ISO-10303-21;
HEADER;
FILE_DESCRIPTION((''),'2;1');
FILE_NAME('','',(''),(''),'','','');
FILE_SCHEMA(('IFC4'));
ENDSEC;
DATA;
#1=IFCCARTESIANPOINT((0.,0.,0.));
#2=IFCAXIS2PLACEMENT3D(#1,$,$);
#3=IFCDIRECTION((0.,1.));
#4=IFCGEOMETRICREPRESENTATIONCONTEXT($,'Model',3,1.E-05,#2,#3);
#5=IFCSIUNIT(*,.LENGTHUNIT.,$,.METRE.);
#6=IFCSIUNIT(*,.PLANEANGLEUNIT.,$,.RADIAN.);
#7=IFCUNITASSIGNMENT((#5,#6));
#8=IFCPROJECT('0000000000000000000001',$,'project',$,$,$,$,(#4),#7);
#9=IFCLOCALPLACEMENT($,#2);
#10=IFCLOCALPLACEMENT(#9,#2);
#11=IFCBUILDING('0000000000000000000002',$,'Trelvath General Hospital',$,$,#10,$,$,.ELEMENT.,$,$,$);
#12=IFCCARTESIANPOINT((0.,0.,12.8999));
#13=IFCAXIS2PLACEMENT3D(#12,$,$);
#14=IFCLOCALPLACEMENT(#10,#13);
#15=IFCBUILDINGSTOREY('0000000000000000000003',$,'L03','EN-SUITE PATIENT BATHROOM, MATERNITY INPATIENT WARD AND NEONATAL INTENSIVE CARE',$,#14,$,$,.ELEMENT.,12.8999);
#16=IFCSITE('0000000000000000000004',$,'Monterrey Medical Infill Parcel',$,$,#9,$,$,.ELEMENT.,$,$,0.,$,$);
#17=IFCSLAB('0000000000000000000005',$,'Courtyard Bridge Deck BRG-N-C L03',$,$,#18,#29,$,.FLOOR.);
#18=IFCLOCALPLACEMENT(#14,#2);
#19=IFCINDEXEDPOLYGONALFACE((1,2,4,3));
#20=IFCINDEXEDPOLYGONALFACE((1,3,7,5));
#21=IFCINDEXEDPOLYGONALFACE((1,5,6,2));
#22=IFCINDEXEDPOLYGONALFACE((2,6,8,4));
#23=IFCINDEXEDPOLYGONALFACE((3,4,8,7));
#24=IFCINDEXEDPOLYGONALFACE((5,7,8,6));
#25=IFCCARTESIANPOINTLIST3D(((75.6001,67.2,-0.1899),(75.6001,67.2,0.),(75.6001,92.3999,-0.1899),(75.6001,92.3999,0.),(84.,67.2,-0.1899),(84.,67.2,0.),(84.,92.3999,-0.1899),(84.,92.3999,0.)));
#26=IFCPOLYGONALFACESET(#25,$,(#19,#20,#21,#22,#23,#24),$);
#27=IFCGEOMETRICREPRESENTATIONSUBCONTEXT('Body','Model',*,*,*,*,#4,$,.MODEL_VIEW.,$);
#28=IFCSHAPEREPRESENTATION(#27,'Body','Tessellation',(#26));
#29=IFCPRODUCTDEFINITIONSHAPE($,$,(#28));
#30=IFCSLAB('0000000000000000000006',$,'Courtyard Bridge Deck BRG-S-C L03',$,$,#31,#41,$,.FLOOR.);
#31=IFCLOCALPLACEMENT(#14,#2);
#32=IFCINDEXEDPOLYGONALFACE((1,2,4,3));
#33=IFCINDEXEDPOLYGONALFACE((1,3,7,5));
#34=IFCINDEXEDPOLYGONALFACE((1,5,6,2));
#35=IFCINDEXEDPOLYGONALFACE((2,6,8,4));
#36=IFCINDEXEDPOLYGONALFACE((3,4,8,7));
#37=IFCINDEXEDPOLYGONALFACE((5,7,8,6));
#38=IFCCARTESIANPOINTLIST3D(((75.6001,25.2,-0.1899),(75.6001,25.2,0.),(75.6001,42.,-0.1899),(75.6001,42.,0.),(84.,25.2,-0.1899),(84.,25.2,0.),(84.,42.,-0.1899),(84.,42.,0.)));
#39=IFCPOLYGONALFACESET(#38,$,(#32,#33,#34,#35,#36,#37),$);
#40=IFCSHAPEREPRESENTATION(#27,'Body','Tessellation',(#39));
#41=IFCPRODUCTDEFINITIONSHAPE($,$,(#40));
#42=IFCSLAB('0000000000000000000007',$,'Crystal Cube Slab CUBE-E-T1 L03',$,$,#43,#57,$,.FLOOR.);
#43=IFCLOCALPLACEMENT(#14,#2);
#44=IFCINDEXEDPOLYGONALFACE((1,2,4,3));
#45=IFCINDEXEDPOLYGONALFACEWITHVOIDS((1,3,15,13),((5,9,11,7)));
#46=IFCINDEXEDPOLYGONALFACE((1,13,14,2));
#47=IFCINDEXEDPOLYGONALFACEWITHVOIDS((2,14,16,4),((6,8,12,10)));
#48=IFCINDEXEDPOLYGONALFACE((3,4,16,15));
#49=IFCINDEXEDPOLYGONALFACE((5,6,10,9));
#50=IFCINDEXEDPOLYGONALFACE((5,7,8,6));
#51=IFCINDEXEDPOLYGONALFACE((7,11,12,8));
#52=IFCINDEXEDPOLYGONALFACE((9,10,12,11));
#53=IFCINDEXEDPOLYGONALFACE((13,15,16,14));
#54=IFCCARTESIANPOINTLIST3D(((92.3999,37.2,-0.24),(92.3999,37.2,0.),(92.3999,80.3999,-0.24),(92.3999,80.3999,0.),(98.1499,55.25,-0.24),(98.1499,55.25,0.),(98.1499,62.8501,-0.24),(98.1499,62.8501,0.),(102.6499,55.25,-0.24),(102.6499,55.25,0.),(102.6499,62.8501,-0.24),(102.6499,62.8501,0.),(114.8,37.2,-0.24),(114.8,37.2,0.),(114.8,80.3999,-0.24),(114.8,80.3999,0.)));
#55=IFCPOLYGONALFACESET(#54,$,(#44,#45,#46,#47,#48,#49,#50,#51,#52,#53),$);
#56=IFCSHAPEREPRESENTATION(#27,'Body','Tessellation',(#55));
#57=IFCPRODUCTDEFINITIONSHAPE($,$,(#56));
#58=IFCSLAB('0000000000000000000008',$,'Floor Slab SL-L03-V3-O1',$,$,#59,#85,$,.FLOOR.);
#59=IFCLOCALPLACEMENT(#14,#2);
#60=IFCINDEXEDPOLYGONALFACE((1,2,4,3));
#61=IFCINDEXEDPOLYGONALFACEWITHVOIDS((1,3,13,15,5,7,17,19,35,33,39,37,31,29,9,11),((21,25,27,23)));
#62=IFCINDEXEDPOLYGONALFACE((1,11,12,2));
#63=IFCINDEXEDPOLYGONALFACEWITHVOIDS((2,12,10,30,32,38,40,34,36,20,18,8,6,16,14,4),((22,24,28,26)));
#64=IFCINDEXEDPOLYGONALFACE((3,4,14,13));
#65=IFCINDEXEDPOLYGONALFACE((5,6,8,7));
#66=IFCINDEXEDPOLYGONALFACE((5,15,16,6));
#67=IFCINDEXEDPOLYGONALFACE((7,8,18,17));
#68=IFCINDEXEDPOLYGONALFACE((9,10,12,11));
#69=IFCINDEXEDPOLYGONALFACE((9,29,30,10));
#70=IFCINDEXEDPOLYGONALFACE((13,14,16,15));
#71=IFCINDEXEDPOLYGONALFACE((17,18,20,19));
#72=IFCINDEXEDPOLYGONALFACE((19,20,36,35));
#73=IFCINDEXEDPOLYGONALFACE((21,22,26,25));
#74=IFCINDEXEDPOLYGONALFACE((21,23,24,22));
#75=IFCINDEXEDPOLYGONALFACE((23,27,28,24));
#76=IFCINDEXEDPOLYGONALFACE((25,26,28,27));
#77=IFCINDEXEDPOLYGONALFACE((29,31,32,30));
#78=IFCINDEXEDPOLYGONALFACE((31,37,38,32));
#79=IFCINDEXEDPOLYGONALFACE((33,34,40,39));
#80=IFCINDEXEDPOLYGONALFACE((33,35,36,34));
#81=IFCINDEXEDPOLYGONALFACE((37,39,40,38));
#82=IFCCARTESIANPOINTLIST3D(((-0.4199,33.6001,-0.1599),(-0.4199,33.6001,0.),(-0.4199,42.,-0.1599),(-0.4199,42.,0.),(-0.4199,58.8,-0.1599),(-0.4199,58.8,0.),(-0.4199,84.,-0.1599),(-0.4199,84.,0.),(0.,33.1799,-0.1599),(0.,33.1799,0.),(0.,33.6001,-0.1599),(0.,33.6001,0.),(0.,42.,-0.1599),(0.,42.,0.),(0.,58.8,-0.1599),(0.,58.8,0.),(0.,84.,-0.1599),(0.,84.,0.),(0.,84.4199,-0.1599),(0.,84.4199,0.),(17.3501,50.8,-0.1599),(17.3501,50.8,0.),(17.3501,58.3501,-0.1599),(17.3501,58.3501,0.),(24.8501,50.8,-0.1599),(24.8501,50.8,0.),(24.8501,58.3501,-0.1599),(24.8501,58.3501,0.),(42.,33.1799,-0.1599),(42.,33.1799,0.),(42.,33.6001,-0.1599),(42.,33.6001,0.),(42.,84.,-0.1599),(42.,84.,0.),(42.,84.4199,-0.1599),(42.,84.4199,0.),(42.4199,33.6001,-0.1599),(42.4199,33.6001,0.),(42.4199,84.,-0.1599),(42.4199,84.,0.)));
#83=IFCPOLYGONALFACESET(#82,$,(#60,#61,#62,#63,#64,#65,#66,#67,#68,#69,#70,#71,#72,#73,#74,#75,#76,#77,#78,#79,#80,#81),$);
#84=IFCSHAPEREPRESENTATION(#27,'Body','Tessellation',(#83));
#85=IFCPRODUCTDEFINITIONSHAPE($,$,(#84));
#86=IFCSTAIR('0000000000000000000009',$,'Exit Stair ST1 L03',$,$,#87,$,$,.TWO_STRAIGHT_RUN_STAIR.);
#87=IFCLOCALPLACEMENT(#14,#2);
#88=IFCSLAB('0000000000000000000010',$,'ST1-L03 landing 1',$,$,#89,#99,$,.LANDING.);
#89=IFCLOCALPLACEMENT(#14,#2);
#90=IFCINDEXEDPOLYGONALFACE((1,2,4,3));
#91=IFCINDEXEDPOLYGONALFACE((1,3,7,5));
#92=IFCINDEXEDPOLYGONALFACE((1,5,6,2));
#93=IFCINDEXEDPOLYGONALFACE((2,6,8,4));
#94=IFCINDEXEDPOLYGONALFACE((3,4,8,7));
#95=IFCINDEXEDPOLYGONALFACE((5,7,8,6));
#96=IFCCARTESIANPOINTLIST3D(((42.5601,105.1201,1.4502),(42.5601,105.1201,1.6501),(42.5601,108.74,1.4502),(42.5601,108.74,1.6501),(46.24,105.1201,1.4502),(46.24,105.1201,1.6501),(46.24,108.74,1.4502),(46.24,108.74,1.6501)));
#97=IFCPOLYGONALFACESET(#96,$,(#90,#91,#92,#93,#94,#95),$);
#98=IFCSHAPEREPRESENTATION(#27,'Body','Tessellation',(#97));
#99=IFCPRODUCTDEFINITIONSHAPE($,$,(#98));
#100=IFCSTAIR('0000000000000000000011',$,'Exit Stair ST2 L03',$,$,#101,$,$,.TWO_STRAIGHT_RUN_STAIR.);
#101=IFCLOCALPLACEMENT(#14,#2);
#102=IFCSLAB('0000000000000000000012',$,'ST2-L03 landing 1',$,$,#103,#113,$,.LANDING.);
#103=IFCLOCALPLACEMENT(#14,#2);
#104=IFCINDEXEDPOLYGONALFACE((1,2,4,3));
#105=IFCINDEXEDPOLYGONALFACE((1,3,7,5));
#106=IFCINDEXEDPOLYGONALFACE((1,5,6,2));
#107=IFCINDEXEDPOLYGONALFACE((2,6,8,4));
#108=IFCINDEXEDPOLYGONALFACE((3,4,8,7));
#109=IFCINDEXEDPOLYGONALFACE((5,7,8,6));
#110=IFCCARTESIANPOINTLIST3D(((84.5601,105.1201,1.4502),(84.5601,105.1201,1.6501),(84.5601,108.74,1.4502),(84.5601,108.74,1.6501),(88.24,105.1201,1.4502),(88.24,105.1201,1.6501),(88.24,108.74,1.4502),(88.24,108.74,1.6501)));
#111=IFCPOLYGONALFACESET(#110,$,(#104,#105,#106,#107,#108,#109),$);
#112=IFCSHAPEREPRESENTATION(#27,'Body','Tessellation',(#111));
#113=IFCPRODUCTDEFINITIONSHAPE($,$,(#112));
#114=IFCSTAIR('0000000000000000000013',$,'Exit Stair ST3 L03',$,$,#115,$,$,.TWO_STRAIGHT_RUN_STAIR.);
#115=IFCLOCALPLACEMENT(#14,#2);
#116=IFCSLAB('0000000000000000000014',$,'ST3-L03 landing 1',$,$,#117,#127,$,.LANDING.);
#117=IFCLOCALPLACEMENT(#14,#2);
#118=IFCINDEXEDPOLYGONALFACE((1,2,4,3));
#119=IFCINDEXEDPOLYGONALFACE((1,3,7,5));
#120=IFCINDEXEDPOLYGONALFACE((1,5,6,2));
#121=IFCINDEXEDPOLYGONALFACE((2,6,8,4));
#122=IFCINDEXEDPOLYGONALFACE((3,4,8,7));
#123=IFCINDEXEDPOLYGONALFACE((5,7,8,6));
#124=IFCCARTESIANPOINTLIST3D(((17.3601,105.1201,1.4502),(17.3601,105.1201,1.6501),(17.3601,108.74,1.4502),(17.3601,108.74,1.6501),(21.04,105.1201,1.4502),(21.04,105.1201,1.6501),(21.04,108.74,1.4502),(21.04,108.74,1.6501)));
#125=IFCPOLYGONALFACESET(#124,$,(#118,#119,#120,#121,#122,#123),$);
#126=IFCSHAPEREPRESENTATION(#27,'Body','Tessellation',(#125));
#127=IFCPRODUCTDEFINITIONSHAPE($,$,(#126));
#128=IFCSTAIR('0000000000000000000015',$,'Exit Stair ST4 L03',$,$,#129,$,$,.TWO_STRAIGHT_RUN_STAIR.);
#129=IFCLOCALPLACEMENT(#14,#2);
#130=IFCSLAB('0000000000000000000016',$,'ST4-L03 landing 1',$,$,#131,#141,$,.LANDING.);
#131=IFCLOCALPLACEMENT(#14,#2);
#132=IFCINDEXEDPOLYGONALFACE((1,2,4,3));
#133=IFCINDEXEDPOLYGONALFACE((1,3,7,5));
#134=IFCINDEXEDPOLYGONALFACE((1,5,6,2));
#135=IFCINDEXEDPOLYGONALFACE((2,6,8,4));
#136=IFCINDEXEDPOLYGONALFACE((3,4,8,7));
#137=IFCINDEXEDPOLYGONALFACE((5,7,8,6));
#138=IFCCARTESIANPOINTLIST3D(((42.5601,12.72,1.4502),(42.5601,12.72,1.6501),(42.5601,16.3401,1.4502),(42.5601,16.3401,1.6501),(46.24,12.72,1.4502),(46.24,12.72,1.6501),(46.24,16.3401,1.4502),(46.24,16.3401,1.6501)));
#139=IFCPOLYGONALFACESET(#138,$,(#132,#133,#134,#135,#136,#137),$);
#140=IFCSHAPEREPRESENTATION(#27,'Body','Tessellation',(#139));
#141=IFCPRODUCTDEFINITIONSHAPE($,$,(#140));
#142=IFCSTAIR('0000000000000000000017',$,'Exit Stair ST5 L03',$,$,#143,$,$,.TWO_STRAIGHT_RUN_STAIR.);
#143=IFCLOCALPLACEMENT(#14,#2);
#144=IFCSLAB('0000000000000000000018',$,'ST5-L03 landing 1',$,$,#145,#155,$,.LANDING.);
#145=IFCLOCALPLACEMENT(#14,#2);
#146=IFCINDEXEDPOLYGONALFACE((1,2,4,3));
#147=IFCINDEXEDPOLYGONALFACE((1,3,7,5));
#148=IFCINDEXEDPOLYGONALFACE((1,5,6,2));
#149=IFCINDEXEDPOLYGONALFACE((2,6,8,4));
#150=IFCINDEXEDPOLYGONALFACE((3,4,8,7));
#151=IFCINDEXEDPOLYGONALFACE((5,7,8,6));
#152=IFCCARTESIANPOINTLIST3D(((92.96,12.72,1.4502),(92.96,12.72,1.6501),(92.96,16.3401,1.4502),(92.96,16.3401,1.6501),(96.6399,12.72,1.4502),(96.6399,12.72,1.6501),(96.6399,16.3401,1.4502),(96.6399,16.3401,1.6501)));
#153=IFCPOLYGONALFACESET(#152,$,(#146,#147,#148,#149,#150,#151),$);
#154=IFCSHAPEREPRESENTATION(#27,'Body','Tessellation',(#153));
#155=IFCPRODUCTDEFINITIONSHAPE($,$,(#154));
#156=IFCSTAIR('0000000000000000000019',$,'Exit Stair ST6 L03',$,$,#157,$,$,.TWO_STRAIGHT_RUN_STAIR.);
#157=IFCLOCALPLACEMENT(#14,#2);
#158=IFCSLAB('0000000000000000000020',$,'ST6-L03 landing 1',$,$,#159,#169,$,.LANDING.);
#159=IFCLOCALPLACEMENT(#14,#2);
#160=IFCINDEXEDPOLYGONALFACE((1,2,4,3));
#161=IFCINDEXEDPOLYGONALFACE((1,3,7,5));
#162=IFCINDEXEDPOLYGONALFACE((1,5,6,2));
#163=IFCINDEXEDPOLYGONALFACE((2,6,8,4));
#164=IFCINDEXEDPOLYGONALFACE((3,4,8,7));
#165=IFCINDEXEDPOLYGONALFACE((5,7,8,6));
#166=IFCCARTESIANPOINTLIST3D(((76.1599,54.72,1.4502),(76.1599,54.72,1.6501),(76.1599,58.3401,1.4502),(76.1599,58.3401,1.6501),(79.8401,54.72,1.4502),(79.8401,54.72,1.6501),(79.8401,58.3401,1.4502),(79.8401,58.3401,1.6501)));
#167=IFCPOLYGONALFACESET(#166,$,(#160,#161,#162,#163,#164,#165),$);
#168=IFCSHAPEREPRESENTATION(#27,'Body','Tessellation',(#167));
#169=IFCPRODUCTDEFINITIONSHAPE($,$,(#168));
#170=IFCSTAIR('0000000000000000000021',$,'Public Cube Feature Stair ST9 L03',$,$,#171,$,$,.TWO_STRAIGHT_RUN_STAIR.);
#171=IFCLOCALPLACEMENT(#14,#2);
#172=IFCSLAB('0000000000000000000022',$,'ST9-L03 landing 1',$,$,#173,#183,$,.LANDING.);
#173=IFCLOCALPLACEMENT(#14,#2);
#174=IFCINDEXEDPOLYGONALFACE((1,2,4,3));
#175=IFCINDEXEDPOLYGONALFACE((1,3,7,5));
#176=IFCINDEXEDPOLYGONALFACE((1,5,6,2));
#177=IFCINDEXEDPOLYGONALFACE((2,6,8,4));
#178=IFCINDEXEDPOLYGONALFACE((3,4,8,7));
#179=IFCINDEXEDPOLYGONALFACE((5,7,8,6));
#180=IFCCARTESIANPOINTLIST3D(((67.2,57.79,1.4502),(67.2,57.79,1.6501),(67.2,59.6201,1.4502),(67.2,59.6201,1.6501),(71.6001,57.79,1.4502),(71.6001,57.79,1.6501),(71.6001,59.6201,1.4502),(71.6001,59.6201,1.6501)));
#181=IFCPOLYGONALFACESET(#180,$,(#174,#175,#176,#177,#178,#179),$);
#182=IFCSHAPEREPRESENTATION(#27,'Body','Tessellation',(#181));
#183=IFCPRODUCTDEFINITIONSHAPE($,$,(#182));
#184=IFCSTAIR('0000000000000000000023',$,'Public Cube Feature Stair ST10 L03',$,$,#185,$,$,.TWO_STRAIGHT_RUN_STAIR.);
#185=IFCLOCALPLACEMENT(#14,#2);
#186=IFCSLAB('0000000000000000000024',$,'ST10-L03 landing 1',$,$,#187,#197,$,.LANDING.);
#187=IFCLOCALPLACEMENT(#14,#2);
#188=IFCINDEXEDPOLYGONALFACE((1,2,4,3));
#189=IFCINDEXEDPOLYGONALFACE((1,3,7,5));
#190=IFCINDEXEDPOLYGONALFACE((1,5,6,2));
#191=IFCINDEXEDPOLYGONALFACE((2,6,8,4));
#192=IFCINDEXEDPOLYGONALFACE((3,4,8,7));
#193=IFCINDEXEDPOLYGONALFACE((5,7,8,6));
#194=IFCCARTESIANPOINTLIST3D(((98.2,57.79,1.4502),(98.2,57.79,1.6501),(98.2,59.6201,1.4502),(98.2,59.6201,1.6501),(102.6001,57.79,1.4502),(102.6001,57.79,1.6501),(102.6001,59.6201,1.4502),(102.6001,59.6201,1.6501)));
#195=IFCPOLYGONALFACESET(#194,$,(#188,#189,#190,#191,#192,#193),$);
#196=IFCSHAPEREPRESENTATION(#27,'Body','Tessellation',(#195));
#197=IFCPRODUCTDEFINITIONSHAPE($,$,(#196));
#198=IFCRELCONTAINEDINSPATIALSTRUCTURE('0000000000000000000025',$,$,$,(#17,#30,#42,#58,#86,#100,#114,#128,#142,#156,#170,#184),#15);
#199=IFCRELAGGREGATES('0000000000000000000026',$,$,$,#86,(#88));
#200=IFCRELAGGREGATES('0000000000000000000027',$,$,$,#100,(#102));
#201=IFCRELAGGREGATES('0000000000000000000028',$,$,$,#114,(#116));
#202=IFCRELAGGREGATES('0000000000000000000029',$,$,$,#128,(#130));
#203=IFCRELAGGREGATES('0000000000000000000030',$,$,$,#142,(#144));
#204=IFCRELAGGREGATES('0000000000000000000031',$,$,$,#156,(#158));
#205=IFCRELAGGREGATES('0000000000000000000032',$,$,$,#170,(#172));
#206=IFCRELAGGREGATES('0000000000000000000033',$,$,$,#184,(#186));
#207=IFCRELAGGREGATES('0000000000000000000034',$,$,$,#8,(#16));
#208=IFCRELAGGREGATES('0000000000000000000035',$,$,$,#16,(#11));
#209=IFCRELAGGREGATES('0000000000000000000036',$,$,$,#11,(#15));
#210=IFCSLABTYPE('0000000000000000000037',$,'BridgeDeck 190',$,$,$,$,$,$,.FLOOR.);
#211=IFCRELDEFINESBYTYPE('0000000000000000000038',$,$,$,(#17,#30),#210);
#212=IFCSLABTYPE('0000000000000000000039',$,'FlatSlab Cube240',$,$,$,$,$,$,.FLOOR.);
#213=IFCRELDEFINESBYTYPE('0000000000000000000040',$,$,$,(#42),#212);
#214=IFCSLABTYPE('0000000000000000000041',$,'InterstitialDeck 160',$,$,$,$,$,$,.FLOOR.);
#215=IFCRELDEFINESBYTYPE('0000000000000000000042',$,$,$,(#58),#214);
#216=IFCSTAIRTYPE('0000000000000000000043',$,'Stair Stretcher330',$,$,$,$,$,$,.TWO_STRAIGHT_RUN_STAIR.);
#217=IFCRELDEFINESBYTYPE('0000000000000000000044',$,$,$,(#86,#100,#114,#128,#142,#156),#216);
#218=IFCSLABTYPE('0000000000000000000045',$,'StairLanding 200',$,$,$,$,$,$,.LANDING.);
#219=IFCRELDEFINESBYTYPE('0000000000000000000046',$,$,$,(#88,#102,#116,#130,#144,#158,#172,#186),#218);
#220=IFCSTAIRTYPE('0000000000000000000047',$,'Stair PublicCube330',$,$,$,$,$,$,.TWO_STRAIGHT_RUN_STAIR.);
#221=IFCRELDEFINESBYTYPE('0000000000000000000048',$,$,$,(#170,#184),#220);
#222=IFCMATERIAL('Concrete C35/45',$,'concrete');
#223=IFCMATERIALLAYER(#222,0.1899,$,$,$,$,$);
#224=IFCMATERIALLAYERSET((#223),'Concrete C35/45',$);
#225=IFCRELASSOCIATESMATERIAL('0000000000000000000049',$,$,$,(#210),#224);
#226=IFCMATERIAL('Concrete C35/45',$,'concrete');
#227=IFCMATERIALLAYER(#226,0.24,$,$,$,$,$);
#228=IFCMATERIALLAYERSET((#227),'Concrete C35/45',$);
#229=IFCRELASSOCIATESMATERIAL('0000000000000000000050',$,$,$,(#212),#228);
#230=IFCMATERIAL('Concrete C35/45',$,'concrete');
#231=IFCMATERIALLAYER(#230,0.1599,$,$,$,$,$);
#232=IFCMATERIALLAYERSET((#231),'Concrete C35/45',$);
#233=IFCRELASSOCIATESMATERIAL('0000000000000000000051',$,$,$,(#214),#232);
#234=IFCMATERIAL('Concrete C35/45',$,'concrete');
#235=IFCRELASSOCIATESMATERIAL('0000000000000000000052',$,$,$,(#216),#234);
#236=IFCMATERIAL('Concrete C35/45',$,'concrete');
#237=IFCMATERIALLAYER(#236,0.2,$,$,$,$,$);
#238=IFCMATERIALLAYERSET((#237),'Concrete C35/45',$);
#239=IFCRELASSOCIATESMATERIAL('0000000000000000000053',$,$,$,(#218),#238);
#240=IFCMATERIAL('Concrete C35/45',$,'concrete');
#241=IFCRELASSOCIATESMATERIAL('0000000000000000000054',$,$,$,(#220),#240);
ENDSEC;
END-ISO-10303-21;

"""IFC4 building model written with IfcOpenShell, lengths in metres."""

from ifc_helpers import new_model, si_unit, direction, frame, origin, place, context, subcontext, project, spatial, polyline, outline, extrude, material, layer, layer_set, type_object, element, aggregate, save


model = new_model("IFC4")

# Units and contexts
model_context = context("Model", 3, precision=1e-05, world=origin(), true_north=direction((0.0, 1.0)))
body_context = subcontext(model_context, "Body", "Model", "MODEL_VIEW")
ifc_project = project(units=[si_unit("LENGTHUNIT", "METRE"), si_unit("PLANEANGLEUNIT", "RADIAN")], contexts=[model_context])

# Site, building, storey
site_placement = place(None, origin())
site = spatial("IfcSite", under=ifc_project, at=site_placement, Name="Monterrey Medical Infill Parcel", CompositionType="ELEMENT", RefElevation=0.0)
building_placement = place(site_placement, origin())
building = spatial("IfcBuilding", under=site, at=building_placement, Name="Trelvath General Hospital", CompositionType="ELEMENT")
storey_placement = place(building_placement, frame((0.0, 0.0, 12.8999)))
storey = spatial("IfcBuildingStorey", under=building, at=storey_placement, Name="L03", Description="EN-SUITE PATIENT BATHROOM, MATERNITY INPATIENT WARD AND NEONATAL INTENSIVE CARE", CompositionType="ELEMENT", Elevation=12.8999)

# Slabs
ifc_material_1 = material(Name="Concrete C35/45", Category="concrete")
ifc_layer_1 = layer(ifc_material_1, 0.1899)
ifc_layer_set_1 = layer_set([ifc_layer_1], Name="Concrete C35/45")
slab_type_1 = type_object("IfcSlabType", Name="BridgeDeck 190", PredefinedType="FLOOR", material=ifc_layer_set_1)
slab_1_placement = place(storey_placement, frame((0.0, 0.0, -0.1899)))
element("IfcSlab", 1, at=slab_1_placement, inside=storey, type_object=slab_type_1, Name="Courtyard Bridge Deck BRG-N-C L03", PredefinedType="FLOOR", context=body_context, shape_type="SweptSolid", body=[
    extrude(outline(polyline([(75.6001, 67.2), (84.0, 67.2), (84.0, 92.3999), (75.6001, 92.3999), (75.6001, 67.2)])), origin(), (0.0, 0.0, 1.0), 0.1899),
])
slab_2_placement = place(storey_placement, frame((0.0, 0.0, -0.1899)))
element("IfcSlab", 2, at=slab_2_placement, inside=storey, type_object=slab_type_1, Name="Courtyard Bridge Deck BRG-S-C L03", PredefinedType="FLOOR", context=body_context, shape_type="SweptSolid", body=[
    extrude(outline(polyline([(75.6001, 25.2), (84.0, 25.2), (84.0, 42.0), (75.6001, 42.0), (75.6001, 25.2)])), origin(), (0.0, 0.0, 1.0), 0.1899),
])
ifc_material_2 = material(Name="Concrete C35/45", Category="concrete")
ifc_layer_2 = layer(ifc_material_2, 0.24)
ifc_layer_set_2 = layer_set([ifc_layer_2], Name="Concrete C35/45")
slab_type_2 = type_object("IfcSlabType", Name="FlatSlab Cube240", PredefinedType="FLOOR", material=ifc_layer_set_2)
slab_3_placement = place(storey_placement, frame((0.0, 0.0, -0.24)))
element("IfcSlab", 3, at=slab_3_placement, inside=storey, type_object=slab_type_2, Name="Crystal Cube Slab CUBE-E-T1 L03", PredefinedType="FLOOR", context=body_context, shape_type="SweptSolid", body=[
    extrude(outline(polyline([(92.3999, 37.2), (114.8, 37.2), (114.8, 80.3999), (92.3999, 80.3999), (92.3999, 37.2)]), holes=[polyline([(98.1499, 55.25), (102.6499, 55.25), (102.6499, 62.8501), (98.1499, 62.8501), (98.1499, 55.25)])]), origin(), (0.0, 0.0, 1.0), 0.24),
])
ifc_material_3 = material(Name="Concrete C35/45", Category="concrete")
ifc_layer_3 = layer(ifc_material_3, 0.1599)
ifc_layer_set_3 = layer_set([ifc_layer_3], Name="Concrete C35/45")
slab_type_3 = type_object("IfcSlabType", Name="InterstitialDeck 160", PredefinedType="FLOOR", material=ifc_layer_set_3)
slab_4_placement = place(storey_placement, frame((0.0, 0.0, -0.1599)))
element("IfcSlab", 4, at=slab_4_placement, inside=storey, type_object=slab_type_3, Name="Floor Slab SL-L03-V3-O1", PredefinedType="FLOOR", context=body_context, shape_type="SweptSolid", body=[
    extrude(outline(polyline([(0.0, 58.8), (-0.4199, 58.8), (-0.4199, 84.0), (0.0, 84.0), (0.0, 84.4199), (42.0, 84.4199), (42.0, 84.0), (42.4199, 84.0), (42.4199, 33.6001), (42.0, 33.6001), (42.0, 33.1799), (0.0, 33.1799), (0.0, 33.6001), (-0.4199, 33.6001), (-0.4199, 42.0), (0.0, 42.0), (0.0, 58.8)]), holes=[polyline([(17.3501, 50.8), (24.8501, 50.8), (24.8501, 58.3501), (17.3501, 58.3501), (17.3501, 50.8)])]), origin(), (0.0, 0.0, 1.0), 0.1599),
])

# Stairs, slabs
ifc_material_4 = material(Name="Concrete C35/45", Category="concrete")
stair_type_1 = type_object("IfcStairType", Name="Stair Stretcher330", PredefinedType="TWO_STRAIGHT_RUN_STAIR", material=ifc_material_4)
stair_1_placement = place(storey_placement, origin())
stair_1 = element("IfcStair", 5, at=stair_1_placement, inside=storey, type_object=stair_type_1, Name="Exit Stair ST1 L03", PredefinedType="TWO_STRAIGHT_RUN_STAIR")
ifc_material_5 = material(Name="Concrete C35/45", Category="concrete")
ifc_layer_4 = layer(ifc_material_5, 0.2)
ifc_layer_set_4 = layer_set([ifc_layer_4], Name="Concrete C35/45")
slab_type_4 = type_object("IfcSlabType", Name="StairLanding 200", PredefinedType="LANDING", material=ifc_layer_set_4)
slab_5_placement = place(storey_placement, frame((0.0, 0.0, 1.4502)))
slab_5 = element("IfcSlab", 6, at=slab_5_placement, type_object=slab_type_4, Name="ST1-L03 landing 1", PredefinedType="LANDING", context=body_context, shape_type="SweptSolid", body=[
    extrude(outline(polyline([(42.5601, 105.1201), (46.24, 105.1201), (46.24, 108.74), (42.5601, 108.74), (42.5601, 105.1201)])), origin(), (0.0, 0.0, 1.0), 0.2),
])
aggregate(stair_1, [slab_5])
stair_2_placement = place(storey_placement, origin())
stair_2 = element("IfcStair", 7, at=stair_2_placement, inside=storey, type_object=stair_type_1, Name="Exit Stair ST2 L03", PredefinedType="TWO_STRAIGHT_RUN_STAIR")
slab_6_placement = place(storey_placement, frame((0.0, 0.0, 1.4502)))
slab_6 = element("IfcSlab", 8, at=slab_6_placement, type_object=slab_type_4, Name="ST2-L03 landing 1", PredefinedType="LANDING", context=body_context, shape_type="SweptSolid", body=[
    extrude(outline(polyline([(84.5601, 105.1201), (88.24, 105.1201), (88.24, 108.74), (84.5601, 108.74), (84.5601, 105.1201)])), origin(), (0.0, 0.0, 1.0), 0.2),
])
aggregate(stair_2, [slab_6])
stair_3_placement = place(storey_placement, origin())
stair_3 = element("IfcStair", 9, at=stair_3_placement, inside=storey, type_object=stair_type_1, Name="Exit Stair ST3 L03", PredefinedType="TWO_STRAIGHT_RUN_STAIR")
slab_7_placement = place(storey_placement, frame((0.0, 0.0, 1.4502)))
slab_7 = element("IfcSlab", 10, at=slab_7_placement, type_object=slab_type_4, Name="ST3-L03 landing 1", PredefinedType="LANDING", context=body_context, shape_type="SweptSolid", body=[
    extrude(outline(polyline([(17.3601, 105.1201), (21.04, 105.1201), (21.04, 108.74), (17.3601, 108.74), (17.3601, 105.1201)])), origin(), (0.0, 0.0, 1.0), 0.2),
])
aggregate(stair_3, [slab_7])
stair_4_placement = place(storey_placement, origin())
stair_4 = element("IfcStair", 11, at=stair_4_placement, inside=storey, type_object=stair_type_1, Name="Exit Stair ST4 L03", PredefinedType="TWO_STRAIGHT_RUN_STAIR")
slab_8_placement = place(storey_placement, frame((0.0, 0.0, 1.4502)))
slab_8 = element("IfcSlab", 12, at=slab_8_placement, type_object=slab_type_4, Name="ST4-L03 landing 1", PredefinedType="LANDING", context=body_context, shape_type="SweptSolid", body=[
    extrude(outline(polyline([(42.5601, 12.72), (46.24, 12.72), (46.24, 16.3401), (42.5601, 16.3401), (42.5601, 12.72)])), origin(), (0.0, 0.0, 1.0), 0.2),
])
aggregate(stair_4, [slab_8])
stair_5_placement = place(storey_placement, origin())
stair_5 = element("IfcStair", 13, at=stair_5_placement, inside=storey, type_object=stair_type_1, Name="Exit Stair ST5 L03", PredefinedType="TWO_STRAIGHT_RUN_STAIR")
slab_9_placement = place(storey_placement, frame((0.0, 0.0, 1.4502)))
slab_9 = element("IfcSlab", 14, at=slab_9_placement, type_object=slab_type_4, Name="ST5-L03 landing 1", PredefinedType="LANDING", context=body_context, shape_type="SweptSolid", body=[
    extrude(outline(polyline([(92.96, 12.72), (96.6399, 12.72), (96.6399, 16.3401), (92.96, 16.3401), (92.96, 12.72)])), origin(), (0.0, 0.0, 1.0), 0.2),
])
aggregate(stair_5, [slab_9])
stair_6_placement = place(storey_placement, origin())
stair_6 = element("IfcStair", 15, at=stair_6_placement, inside=storey, type_object=stair_type_1, Name="Exit Stair ST6 L03", PredefinedType="TWO_STRAIGHT_RUN_STAIR")
slab_10_placement = place(storey_placement, frame((0.0, 0.0, 1.4502)))
slab_10 = element("IfcSlab", 16, at=slab_10_placement, type_object=slab_type_4, Name="ST6-L03 landing 1", PredefinedType="LANDING", context=body_context, shape_type="SweptSolid", body=[
    extrude(outline(polyline([(76.1599, 54.72), (79.8401, 54.72), (79.8401, 58.3401), (76.1599, 58.3401), (76.1599, 54.72)])), origin(), (0.0, 0.0, 1.0), 0.2),
])
aggregate(stair_6, [slab_10])
ifc_material_6 = material(Name="Concrete C35/45", Category="concrete")
stair_type_2 = type_object("IfcStairType", Name="Stair PublicCube330", PredefinedType="TWO_STRAIGHT_RUN_STAIR", material=ifc_material_6)
stair_7_placement = place(storey_placement, origin())
stair_7 = element("IfcStair", 17, at=stair_7_placement, inside=storey, type_object=stair_type_2, Name="Public Cube Feature Stair ST9 L03", PredefinedType="TWO_STRAIGHT_RUN_STAIR")
slab_11_placement = place(storey_placement, frame((0.0, 0.0, 1.4502)))
slab_11 = element("IfcSlab", 18, at=slab_11_placement, type_object=slab_type_4, Name="ST9-L03 landing 1", PredefinedType="LANDING", context=body_context, shape_type="SweptSolid", body=[
    extrude(outline(polyline([(67.2, 57.79), (71.6001, 57.79), (71.6001, 59.6201), (67.2, 59.6201), (67.2, 57.79)])), origin(), (0.0, 0.0, 1.0), 0.2),
])
aggregate(stair_7, [slab_11])
stair_8_placement = place(storey_placement, origin())
stair_8 = element("IfcStair", 19, at=stair_8_placement, inside=storey, type_object=stair_type_2, Name="Public Cube Feature Stair ST10 L03", PredefinedType="TWO_STRAIGHT_RUN_STAIR")
slab_12_placement = place(storey_placement, frame((0.0, 0.0, 1.4502)))
slab_12 = element("IfcSlab", 20, at=slab_12_placement, type_object=slab_type_4, Name="ST10-L03 landing 1", PredefinedType="LANDING", context=body_context, shape_type="SweptSolid", body=[
    extrude(outline(polyline([(98.2, 57.79), (102.6001, 57.79), (102.6001, 59.6201), (98.2, 59.6201), (98.2, 57.79)])), origin(), (0.0, 0.0, 1.0), 0.2),
])
aggregate(stair_8, [slab_12])

save(model, "model.ifc")
